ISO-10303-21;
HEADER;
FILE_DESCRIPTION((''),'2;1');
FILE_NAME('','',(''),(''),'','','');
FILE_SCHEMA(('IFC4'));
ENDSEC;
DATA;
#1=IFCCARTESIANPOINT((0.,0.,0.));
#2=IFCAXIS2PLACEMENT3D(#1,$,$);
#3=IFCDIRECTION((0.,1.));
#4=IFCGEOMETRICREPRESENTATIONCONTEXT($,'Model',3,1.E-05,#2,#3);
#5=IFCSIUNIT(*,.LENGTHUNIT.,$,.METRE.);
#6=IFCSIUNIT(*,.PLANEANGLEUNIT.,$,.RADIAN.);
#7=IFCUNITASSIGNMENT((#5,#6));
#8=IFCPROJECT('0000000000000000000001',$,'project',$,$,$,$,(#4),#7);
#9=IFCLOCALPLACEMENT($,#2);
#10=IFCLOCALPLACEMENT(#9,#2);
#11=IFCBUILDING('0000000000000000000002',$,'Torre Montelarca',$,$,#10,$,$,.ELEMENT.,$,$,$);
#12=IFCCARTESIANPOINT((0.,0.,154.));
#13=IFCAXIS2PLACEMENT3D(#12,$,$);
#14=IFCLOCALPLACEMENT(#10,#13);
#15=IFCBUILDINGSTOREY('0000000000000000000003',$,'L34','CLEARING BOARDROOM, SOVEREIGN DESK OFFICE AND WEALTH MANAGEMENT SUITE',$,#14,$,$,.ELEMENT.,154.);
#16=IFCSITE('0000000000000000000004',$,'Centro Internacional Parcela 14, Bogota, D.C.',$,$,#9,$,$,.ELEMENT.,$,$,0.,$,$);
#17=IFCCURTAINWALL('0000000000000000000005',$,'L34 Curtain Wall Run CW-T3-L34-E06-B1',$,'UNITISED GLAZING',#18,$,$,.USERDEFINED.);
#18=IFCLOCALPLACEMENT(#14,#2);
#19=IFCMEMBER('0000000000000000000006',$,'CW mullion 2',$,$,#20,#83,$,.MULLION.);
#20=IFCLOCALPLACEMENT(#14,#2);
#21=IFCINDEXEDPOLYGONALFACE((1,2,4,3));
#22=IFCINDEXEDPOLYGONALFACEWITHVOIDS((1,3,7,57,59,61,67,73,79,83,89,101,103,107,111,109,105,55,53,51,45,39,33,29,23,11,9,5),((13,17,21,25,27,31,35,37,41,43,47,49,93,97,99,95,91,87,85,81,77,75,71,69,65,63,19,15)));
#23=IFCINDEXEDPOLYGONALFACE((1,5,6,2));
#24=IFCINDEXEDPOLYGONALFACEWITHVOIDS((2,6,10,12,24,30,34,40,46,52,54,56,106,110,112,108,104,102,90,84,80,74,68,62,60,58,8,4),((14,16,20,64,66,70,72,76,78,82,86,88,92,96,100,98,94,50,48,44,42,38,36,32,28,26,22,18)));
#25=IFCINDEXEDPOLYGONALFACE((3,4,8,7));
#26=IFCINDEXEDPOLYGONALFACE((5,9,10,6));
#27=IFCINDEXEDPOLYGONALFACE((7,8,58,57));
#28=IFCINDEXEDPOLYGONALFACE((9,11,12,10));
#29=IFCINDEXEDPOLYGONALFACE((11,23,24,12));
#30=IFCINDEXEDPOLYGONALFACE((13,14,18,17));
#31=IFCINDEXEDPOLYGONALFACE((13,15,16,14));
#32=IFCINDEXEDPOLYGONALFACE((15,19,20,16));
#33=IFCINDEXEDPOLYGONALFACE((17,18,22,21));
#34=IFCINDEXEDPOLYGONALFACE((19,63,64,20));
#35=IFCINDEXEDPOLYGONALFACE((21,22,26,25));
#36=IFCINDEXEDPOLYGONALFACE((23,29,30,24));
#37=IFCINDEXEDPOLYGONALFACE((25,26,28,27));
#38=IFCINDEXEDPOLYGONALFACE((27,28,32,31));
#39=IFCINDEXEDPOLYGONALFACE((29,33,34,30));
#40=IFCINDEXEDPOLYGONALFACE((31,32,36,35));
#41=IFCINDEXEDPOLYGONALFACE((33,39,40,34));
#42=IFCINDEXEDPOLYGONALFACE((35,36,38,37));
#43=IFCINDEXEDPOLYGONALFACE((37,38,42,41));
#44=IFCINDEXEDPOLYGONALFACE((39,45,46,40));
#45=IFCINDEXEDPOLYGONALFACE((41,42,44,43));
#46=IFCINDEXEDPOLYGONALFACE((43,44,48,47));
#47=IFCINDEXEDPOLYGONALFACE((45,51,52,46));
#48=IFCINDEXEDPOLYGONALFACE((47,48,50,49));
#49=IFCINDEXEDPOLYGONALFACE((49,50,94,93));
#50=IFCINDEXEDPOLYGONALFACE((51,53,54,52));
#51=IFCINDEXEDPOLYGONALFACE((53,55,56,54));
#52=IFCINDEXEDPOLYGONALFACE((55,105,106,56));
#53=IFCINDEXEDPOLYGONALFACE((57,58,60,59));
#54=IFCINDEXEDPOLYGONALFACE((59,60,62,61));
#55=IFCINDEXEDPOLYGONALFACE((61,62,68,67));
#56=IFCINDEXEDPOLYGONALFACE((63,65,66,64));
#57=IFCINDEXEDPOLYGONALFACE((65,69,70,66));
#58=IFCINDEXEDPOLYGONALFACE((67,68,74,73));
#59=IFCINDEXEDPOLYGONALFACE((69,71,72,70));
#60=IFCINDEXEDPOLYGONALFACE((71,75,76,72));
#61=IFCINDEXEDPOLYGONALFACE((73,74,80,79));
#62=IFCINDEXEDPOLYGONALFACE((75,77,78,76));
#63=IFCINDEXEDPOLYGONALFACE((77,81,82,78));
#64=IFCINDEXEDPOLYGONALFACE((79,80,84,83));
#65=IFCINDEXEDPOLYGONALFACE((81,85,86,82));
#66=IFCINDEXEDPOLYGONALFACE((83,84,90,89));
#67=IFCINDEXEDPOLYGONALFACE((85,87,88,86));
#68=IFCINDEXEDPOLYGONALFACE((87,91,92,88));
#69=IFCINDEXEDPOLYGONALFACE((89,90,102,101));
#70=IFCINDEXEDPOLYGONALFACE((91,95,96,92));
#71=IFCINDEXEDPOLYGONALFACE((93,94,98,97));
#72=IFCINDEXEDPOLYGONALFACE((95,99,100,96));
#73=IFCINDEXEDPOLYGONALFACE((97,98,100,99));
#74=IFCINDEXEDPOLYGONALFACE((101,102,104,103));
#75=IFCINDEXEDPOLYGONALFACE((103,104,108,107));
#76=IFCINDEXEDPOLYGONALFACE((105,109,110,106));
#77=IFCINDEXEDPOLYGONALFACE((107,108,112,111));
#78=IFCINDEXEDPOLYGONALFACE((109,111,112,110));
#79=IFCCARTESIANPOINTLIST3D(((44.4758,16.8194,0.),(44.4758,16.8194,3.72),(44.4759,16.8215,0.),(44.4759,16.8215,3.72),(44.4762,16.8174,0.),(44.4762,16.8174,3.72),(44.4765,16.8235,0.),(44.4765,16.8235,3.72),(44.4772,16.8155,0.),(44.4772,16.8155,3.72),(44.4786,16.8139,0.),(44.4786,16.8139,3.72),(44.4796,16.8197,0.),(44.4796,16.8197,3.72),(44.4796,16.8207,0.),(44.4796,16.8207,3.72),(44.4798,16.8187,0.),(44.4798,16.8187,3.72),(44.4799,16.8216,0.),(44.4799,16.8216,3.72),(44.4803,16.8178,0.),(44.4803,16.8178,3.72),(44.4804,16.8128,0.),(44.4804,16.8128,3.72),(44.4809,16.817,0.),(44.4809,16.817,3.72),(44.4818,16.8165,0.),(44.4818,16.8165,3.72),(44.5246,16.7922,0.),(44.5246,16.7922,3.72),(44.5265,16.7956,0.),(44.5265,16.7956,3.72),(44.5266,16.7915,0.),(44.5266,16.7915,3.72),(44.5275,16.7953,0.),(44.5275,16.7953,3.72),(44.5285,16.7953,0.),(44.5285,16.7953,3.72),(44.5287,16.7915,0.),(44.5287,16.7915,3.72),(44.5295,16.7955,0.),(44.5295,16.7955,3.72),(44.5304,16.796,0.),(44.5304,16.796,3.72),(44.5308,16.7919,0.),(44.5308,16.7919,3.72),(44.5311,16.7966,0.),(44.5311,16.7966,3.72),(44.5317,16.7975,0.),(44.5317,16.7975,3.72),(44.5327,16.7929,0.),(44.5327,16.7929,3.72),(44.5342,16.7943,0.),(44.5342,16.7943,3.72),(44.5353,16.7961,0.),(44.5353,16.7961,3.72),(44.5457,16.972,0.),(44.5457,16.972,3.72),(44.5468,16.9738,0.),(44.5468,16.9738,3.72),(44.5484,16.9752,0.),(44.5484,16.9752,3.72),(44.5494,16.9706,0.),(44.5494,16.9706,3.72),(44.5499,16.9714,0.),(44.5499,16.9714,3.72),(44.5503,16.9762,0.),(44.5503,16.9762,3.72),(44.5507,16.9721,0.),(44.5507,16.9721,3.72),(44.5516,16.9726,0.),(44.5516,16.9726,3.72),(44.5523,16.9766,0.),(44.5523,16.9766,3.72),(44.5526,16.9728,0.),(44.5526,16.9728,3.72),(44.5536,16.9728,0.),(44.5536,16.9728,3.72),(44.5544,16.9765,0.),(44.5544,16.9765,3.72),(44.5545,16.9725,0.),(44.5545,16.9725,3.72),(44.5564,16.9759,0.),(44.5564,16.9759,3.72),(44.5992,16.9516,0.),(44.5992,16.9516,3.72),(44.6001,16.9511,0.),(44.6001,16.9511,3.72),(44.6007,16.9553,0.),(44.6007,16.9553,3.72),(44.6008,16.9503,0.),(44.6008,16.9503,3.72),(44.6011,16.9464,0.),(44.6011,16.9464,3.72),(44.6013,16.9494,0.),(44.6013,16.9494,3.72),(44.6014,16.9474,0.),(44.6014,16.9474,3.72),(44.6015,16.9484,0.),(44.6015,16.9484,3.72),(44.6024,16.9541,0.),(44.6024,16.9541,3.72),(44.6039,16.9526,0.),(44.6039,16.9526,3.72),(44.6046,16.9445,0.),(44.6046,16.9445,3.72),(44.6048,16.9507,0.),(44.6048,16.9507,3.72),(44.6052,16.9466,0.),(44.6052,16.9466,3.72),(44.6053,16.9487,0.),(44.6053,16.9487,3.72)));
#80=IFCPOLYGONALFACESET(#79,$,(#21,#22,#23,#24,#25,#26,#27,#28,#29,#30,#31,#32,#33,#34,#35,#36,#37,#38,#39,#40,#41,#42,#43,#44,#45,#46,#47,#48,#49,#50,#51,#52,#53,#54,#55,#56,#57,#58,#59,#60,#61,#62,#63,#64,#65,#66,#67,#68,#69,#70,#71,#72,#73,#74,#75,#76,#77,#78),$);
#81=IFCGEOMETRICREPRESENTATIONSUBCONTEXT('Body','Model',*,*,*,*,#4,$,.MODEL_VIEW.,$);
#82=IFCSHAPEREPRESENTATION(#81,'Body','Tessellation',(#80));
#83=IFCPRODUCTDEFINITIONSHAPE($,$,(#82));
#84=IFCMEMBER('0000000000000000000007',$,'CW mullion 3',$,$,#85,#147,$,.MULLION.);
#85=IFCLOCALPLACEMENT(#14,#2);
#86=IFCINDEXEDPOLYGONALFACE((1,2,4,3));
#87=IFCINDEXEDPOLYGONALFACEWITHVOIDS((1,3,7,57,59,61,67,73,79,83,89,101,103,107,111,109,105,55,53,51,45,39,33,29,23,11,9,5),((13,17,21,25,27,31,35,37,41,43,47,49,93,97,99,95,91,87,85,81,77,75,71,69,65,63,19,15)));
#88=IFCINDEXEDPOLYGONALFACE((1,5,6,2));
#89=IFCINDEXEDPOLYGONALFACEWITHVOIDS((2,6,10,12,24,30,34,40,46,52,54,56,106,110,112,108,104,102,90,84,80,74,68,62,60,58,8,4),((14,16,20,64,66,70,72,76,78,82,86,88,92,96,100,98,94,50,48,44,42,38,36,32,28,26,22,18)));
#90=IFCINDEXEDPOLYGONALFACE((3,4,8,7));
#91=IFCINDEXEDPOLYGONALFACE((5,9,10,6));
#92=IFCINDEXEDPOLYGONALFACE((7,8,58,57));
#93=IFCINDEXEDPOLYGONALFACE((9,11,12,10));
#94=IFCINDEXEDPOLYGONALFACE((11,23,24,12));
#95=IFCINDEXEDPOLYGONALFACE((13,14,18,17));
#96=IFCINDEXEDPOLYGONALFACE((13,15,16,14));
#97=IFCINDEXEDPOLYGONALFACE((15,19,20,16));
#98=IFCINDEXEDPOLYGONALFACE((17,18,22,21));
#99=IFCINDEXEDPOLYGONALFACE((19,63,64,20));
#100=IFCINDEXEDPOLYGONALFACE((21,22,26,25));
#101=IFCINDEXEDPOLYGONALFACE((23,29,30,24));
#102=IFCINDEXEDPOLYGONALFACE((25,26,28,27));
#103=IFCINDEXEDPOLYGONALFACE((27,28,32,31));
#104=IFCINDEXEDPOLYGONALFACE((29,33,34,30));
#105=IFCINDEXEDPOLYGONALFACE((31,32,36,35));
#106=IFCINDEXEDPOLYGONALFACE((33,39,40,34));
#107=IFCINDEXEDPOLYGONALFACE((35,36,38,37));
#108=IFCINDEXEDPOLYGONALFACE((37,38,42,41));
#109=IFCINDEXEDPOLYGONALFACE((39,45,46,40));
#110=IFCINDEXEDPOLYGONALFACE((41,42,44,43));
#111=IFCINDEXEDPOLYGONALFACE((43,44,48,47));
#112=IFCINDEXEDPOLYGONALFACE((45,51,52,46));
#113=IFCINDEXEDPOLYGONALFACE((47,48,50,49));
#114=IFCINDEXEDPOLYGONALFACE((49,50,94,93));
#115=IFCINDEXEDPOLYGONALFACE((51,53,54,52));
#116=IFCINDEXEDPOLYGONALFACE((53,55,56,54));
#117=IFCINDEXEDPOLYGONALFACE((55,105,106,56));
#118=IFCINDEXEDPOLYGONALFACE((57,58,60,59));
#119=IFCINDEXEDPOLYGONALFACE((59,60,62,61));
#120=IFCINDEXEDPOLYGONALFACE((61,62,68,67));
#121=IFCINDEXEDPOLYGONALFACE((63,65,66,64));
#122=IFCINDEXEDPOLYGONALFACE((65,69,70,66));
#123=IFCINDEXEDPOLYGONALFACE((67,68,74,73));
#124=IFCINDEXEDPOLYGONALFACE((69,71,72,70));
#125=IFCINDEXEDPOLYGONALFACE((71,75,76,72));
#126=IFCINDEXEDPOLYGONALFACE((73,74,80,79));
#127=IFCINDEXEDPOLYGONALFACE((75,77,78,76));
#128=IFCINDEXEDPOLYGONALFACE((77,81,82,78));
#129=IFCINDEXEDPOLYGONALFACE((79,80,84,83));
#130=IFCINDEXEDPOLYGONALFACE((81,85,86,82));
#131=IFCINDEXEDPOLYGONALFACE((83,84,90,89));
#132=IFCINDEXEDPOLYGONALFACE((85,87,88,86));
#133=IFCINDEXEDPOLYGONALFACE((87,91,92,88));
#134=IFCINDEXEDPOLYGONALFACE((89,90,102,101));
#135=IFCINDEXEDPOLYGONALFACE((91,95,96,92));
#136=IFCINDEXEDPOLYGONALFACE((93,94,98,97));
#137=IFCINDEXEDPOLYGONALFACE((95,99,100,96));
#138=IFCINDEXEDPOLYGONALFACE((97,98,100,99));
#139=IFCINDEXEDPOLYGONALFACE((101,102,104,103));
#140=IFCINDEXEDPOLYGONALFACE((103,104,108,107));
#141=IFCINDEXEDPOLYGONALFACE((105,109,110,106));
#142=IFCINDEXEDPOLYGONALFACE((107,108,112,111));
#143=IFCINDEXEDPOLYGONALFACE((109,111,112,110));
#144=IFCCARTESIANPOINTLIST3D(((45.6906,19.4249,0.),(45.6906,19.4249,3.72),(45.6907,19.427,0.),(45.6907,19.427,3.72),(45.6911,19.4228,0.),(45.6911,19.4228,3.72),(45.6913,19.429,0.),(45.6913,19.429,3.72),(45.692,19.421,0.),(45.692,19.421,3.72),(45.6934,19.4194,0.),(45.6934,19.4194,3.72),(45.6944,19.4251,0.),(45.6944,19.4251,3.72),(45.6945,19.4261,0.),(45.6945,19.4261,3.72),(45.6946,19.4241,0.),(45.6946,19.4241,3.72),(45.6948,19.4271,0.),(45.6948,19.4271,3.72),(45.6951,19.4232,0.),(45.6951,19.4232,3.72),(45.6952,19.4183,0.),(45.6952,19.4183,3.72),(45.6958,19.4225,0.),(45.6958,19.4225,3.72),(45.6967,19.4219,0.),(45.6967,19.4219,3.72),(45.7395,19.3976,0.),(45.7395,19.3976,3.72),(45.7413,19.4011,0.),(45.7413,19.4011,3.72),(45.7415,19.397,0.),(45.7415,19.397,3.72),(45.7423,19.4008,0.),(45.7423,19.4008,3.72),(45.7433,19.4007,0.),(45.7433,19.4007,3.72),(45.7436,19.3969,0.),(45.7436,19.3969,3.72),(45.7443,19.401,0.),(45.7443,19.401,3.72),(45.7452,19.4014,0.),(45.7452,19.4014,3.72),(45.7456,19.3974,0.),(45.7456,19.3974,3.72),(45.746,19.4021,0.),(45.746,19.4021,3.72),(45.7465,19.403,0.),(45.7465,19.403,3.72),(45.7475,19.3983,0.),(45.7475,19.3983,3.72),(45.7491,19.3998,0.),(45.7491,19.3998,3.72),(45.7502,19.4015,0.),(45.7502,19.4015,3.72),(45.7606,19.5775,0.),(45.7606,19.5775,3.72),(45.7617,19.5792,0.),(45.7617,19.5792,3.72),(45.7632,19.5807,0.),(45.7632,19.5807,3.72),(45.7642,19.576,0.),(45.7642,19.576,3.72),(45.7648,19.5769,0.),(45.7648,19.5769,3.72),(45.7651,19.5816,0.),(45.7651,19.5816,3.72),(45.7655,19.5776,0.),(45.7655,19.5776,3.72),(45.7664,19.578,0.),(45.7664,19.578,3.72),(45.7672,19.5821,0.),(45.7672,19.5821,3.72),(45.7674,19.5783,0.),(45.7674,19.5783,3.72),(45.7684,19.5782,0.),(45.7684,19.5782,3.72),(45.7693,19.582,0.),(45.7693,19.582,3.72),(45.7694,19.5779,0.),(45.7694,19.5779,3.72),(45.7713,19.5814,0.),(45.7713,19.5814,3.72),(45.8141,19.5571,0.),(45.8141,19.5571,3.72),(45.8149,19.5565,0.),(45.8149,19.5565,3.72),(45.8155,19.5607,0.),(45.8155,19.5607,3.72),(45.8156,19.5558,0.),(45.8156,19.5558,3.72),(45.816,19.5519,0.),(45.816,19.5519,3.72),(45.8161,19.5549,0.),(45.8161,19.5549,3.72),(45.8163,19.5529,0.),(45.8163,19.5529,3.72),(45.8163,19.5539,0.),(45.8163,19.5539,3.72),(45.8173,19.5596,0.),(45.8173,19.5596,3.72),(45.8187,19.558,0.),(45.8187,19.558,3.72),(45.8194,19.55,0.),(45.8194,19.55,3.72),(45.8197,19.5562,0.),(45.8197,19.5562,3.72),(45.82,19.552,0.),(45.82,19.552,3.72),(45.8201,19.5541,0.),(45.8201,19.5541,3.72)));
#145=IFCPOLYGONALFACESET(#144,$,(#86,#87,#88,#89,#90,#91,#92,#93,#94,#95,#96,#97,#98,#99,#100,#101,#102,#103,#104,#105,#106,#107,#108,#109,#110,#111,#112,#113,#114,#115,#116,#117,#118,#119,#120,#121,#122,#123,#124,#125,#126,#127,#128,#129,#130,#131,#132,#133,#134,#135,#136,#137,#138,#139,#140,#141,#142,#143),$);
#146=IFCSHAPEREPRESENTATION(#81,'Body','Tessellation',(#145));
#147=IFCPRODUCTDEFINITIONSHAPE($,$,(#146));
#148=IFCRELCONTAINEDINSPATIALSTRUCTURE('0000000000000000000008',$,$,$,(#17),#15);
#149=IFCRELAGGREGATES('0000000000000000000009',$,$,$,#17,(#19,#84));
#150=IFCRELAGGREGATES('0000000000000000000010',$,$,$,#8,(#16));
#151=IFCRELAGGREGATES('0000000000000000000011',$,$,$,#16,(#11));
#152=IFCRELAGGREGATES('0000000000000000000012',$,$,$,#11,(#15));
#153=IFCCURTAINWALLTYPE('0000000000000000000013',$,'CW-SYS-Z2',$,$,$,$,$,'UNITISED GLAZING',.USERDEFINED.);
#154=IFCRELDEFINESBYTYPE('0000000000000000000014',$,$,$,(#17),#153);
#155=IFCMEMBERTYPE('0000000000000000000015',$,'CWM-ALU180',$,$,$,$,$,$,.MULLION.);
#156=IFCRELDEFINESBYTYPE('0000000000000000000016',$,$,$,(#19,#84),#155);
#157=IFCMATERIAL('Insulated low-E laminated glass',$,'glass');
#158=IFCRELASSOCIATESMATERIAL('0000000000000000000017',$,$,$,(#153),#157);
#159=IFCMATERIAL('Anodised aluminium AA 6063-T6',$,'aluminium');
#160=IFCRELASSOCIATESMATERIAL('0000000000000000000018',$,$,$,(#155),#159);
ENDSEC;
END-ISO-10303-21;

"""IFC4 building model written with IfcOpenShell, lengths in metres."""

from ifc_helpers import new_model, si_unit, direction, frame, origin, origin_2d, place, context, subcontext, project, spatial, hollow_rectangle, extrude, source, transform, mapped, material, material_profile, profile_set, type_object, element, aggregate, save


model = new_model("IFC4")

# Units and contexts
model_context = context("Model", 3, precision=1e-05, world=origin(), true_north=direction((0.0, 1.0)))
body_context = subcontext(model_context, "Body", "Model", "MODEL_VIEW")
ifc_project = project(units=[si_unit("LENGTHUNIT", "METRE"), si_unit("PLANEANGLEUNIT", "RADIAN")], contexts=[model_context])

# Site, building, storey
site_placement = place(None, origin())
site = spatial("IfcSite", under=ifc_project, at=site_placement, Name="Centro Internacional Parcela 14, Bogota, D.C.", CompositionType="ELEMENT", RefElevation=0.0)
building_placement = place(site_placement, origin())
building = spatial("IfcBuilding", under=site, at=building_placement, Name="Torre Montelarca", CompositionType="ELEMENT")
storey_placement = place(building_placement, frame((0.0, 0.0, 154.0)))
storey = spatial("IfcBuildingStorey", under=building, at=storey_placement, Name="L34", Description="CLEARING BOARDROOM, SOVEREIGN DESK OFFICE AND WEALTH MANAGEMENT SUITE", CompositionType="ELEMENT", Elevation=154.0)

# Curtain wall, members
ifc_material_1 = material(Name="Insulated low-E laminated glass", Category="glass")
curtain_wall_type = type_object("IfcCurtainWallType", Name="CW-SYS-Z2", ElementType="UNITISED GLAZING", PredefinedType="USERDEFINED", material=ifc_material_1)
ifc_material_2 = material(Name="Anodised aluminium AA 6063-T6", Category="aluminium")
ifc_material_profile_1 = material_profile(ifc_material_2, hollow_rectangle(XDim=0.0649, YDim=0.1799, WallThickness=0.0039, InnerFilletRadius=0.0039, OuterFilletRadius=0.0081, at=origin_2d()), Name="ALU65X180X4", Category="aluminium")
ifc_profile_set_1 = profile_set([ifc_material_profile_1], Name="Anodised aluminium AA 6063-T6")
member_type_1 = type_object("IfcMemberType", Name="CWM-ALU180", PredefinedType="MULLION", material=ifc_profile_set_1)
shared_shape_1 = source(origin(), body_context, "Body", "SweptSolid", [
    extrude(hollow_rectangle(XDim=0.0649, YDim=0.1799, WallThickness=0.0039, InnerFilletRadius=0.0039, OuterFilletRadius=0.0081, at=origin_2d()), origin(), (0.0, 0.0, 1.0), 3.72),
])
curtain_wall_1_placement = place(storey_placement, origin())
curtain_wall_1 = element("IfcCurtainWall", 1, at=curtain_wall_1_placement, inside=storey, type_object=curtain_wall_type, Name="L34 Curtain Wall Run CW-T3-L34-E06-B1", ObjectType="UNITISED GLAZING", PredefinedType="USERDEFINED")
member_1_placement = place(storey_placement, frame((44.5405, 16.884, 0.0), z_axis=(0.0, 0.0, 1.0), x_axis=(-0.906307, 0.42262, 0.0)))
member_1 = element("IfcMember", 2, at=member_1_placement, type_object=member_type_1, Name="CW mullion 2", PredefinedType="MULLION", context=body_context, shape_type="MappedRepresentation", body=[
    mapped(shared_shape_1, transform((0.0, 0.0, 0.0), scale=1.0)),
])
member_2_placement = place(storey_placement, frame((45.7554, 19.4895, 0.0), z_axis=(0.0, 0.0, 1.0), x_axis=(-0.906307, 0.42262, 0.0)))
member_2 = element("IfcMember", 3, at=member_2_placement, type_object=member_type_1, Name="CW mullion 3", PredefinedType="MULLION", context=body_context, shape_type="MappedRepresentation", body=[
    mapped(shared_shape_1, transform((0.0, 0.0, 0.0), scale=1.0)),
])

aggregate(curtain_wall_1, [member_1, member_2])

save(model, "model.ifc")
